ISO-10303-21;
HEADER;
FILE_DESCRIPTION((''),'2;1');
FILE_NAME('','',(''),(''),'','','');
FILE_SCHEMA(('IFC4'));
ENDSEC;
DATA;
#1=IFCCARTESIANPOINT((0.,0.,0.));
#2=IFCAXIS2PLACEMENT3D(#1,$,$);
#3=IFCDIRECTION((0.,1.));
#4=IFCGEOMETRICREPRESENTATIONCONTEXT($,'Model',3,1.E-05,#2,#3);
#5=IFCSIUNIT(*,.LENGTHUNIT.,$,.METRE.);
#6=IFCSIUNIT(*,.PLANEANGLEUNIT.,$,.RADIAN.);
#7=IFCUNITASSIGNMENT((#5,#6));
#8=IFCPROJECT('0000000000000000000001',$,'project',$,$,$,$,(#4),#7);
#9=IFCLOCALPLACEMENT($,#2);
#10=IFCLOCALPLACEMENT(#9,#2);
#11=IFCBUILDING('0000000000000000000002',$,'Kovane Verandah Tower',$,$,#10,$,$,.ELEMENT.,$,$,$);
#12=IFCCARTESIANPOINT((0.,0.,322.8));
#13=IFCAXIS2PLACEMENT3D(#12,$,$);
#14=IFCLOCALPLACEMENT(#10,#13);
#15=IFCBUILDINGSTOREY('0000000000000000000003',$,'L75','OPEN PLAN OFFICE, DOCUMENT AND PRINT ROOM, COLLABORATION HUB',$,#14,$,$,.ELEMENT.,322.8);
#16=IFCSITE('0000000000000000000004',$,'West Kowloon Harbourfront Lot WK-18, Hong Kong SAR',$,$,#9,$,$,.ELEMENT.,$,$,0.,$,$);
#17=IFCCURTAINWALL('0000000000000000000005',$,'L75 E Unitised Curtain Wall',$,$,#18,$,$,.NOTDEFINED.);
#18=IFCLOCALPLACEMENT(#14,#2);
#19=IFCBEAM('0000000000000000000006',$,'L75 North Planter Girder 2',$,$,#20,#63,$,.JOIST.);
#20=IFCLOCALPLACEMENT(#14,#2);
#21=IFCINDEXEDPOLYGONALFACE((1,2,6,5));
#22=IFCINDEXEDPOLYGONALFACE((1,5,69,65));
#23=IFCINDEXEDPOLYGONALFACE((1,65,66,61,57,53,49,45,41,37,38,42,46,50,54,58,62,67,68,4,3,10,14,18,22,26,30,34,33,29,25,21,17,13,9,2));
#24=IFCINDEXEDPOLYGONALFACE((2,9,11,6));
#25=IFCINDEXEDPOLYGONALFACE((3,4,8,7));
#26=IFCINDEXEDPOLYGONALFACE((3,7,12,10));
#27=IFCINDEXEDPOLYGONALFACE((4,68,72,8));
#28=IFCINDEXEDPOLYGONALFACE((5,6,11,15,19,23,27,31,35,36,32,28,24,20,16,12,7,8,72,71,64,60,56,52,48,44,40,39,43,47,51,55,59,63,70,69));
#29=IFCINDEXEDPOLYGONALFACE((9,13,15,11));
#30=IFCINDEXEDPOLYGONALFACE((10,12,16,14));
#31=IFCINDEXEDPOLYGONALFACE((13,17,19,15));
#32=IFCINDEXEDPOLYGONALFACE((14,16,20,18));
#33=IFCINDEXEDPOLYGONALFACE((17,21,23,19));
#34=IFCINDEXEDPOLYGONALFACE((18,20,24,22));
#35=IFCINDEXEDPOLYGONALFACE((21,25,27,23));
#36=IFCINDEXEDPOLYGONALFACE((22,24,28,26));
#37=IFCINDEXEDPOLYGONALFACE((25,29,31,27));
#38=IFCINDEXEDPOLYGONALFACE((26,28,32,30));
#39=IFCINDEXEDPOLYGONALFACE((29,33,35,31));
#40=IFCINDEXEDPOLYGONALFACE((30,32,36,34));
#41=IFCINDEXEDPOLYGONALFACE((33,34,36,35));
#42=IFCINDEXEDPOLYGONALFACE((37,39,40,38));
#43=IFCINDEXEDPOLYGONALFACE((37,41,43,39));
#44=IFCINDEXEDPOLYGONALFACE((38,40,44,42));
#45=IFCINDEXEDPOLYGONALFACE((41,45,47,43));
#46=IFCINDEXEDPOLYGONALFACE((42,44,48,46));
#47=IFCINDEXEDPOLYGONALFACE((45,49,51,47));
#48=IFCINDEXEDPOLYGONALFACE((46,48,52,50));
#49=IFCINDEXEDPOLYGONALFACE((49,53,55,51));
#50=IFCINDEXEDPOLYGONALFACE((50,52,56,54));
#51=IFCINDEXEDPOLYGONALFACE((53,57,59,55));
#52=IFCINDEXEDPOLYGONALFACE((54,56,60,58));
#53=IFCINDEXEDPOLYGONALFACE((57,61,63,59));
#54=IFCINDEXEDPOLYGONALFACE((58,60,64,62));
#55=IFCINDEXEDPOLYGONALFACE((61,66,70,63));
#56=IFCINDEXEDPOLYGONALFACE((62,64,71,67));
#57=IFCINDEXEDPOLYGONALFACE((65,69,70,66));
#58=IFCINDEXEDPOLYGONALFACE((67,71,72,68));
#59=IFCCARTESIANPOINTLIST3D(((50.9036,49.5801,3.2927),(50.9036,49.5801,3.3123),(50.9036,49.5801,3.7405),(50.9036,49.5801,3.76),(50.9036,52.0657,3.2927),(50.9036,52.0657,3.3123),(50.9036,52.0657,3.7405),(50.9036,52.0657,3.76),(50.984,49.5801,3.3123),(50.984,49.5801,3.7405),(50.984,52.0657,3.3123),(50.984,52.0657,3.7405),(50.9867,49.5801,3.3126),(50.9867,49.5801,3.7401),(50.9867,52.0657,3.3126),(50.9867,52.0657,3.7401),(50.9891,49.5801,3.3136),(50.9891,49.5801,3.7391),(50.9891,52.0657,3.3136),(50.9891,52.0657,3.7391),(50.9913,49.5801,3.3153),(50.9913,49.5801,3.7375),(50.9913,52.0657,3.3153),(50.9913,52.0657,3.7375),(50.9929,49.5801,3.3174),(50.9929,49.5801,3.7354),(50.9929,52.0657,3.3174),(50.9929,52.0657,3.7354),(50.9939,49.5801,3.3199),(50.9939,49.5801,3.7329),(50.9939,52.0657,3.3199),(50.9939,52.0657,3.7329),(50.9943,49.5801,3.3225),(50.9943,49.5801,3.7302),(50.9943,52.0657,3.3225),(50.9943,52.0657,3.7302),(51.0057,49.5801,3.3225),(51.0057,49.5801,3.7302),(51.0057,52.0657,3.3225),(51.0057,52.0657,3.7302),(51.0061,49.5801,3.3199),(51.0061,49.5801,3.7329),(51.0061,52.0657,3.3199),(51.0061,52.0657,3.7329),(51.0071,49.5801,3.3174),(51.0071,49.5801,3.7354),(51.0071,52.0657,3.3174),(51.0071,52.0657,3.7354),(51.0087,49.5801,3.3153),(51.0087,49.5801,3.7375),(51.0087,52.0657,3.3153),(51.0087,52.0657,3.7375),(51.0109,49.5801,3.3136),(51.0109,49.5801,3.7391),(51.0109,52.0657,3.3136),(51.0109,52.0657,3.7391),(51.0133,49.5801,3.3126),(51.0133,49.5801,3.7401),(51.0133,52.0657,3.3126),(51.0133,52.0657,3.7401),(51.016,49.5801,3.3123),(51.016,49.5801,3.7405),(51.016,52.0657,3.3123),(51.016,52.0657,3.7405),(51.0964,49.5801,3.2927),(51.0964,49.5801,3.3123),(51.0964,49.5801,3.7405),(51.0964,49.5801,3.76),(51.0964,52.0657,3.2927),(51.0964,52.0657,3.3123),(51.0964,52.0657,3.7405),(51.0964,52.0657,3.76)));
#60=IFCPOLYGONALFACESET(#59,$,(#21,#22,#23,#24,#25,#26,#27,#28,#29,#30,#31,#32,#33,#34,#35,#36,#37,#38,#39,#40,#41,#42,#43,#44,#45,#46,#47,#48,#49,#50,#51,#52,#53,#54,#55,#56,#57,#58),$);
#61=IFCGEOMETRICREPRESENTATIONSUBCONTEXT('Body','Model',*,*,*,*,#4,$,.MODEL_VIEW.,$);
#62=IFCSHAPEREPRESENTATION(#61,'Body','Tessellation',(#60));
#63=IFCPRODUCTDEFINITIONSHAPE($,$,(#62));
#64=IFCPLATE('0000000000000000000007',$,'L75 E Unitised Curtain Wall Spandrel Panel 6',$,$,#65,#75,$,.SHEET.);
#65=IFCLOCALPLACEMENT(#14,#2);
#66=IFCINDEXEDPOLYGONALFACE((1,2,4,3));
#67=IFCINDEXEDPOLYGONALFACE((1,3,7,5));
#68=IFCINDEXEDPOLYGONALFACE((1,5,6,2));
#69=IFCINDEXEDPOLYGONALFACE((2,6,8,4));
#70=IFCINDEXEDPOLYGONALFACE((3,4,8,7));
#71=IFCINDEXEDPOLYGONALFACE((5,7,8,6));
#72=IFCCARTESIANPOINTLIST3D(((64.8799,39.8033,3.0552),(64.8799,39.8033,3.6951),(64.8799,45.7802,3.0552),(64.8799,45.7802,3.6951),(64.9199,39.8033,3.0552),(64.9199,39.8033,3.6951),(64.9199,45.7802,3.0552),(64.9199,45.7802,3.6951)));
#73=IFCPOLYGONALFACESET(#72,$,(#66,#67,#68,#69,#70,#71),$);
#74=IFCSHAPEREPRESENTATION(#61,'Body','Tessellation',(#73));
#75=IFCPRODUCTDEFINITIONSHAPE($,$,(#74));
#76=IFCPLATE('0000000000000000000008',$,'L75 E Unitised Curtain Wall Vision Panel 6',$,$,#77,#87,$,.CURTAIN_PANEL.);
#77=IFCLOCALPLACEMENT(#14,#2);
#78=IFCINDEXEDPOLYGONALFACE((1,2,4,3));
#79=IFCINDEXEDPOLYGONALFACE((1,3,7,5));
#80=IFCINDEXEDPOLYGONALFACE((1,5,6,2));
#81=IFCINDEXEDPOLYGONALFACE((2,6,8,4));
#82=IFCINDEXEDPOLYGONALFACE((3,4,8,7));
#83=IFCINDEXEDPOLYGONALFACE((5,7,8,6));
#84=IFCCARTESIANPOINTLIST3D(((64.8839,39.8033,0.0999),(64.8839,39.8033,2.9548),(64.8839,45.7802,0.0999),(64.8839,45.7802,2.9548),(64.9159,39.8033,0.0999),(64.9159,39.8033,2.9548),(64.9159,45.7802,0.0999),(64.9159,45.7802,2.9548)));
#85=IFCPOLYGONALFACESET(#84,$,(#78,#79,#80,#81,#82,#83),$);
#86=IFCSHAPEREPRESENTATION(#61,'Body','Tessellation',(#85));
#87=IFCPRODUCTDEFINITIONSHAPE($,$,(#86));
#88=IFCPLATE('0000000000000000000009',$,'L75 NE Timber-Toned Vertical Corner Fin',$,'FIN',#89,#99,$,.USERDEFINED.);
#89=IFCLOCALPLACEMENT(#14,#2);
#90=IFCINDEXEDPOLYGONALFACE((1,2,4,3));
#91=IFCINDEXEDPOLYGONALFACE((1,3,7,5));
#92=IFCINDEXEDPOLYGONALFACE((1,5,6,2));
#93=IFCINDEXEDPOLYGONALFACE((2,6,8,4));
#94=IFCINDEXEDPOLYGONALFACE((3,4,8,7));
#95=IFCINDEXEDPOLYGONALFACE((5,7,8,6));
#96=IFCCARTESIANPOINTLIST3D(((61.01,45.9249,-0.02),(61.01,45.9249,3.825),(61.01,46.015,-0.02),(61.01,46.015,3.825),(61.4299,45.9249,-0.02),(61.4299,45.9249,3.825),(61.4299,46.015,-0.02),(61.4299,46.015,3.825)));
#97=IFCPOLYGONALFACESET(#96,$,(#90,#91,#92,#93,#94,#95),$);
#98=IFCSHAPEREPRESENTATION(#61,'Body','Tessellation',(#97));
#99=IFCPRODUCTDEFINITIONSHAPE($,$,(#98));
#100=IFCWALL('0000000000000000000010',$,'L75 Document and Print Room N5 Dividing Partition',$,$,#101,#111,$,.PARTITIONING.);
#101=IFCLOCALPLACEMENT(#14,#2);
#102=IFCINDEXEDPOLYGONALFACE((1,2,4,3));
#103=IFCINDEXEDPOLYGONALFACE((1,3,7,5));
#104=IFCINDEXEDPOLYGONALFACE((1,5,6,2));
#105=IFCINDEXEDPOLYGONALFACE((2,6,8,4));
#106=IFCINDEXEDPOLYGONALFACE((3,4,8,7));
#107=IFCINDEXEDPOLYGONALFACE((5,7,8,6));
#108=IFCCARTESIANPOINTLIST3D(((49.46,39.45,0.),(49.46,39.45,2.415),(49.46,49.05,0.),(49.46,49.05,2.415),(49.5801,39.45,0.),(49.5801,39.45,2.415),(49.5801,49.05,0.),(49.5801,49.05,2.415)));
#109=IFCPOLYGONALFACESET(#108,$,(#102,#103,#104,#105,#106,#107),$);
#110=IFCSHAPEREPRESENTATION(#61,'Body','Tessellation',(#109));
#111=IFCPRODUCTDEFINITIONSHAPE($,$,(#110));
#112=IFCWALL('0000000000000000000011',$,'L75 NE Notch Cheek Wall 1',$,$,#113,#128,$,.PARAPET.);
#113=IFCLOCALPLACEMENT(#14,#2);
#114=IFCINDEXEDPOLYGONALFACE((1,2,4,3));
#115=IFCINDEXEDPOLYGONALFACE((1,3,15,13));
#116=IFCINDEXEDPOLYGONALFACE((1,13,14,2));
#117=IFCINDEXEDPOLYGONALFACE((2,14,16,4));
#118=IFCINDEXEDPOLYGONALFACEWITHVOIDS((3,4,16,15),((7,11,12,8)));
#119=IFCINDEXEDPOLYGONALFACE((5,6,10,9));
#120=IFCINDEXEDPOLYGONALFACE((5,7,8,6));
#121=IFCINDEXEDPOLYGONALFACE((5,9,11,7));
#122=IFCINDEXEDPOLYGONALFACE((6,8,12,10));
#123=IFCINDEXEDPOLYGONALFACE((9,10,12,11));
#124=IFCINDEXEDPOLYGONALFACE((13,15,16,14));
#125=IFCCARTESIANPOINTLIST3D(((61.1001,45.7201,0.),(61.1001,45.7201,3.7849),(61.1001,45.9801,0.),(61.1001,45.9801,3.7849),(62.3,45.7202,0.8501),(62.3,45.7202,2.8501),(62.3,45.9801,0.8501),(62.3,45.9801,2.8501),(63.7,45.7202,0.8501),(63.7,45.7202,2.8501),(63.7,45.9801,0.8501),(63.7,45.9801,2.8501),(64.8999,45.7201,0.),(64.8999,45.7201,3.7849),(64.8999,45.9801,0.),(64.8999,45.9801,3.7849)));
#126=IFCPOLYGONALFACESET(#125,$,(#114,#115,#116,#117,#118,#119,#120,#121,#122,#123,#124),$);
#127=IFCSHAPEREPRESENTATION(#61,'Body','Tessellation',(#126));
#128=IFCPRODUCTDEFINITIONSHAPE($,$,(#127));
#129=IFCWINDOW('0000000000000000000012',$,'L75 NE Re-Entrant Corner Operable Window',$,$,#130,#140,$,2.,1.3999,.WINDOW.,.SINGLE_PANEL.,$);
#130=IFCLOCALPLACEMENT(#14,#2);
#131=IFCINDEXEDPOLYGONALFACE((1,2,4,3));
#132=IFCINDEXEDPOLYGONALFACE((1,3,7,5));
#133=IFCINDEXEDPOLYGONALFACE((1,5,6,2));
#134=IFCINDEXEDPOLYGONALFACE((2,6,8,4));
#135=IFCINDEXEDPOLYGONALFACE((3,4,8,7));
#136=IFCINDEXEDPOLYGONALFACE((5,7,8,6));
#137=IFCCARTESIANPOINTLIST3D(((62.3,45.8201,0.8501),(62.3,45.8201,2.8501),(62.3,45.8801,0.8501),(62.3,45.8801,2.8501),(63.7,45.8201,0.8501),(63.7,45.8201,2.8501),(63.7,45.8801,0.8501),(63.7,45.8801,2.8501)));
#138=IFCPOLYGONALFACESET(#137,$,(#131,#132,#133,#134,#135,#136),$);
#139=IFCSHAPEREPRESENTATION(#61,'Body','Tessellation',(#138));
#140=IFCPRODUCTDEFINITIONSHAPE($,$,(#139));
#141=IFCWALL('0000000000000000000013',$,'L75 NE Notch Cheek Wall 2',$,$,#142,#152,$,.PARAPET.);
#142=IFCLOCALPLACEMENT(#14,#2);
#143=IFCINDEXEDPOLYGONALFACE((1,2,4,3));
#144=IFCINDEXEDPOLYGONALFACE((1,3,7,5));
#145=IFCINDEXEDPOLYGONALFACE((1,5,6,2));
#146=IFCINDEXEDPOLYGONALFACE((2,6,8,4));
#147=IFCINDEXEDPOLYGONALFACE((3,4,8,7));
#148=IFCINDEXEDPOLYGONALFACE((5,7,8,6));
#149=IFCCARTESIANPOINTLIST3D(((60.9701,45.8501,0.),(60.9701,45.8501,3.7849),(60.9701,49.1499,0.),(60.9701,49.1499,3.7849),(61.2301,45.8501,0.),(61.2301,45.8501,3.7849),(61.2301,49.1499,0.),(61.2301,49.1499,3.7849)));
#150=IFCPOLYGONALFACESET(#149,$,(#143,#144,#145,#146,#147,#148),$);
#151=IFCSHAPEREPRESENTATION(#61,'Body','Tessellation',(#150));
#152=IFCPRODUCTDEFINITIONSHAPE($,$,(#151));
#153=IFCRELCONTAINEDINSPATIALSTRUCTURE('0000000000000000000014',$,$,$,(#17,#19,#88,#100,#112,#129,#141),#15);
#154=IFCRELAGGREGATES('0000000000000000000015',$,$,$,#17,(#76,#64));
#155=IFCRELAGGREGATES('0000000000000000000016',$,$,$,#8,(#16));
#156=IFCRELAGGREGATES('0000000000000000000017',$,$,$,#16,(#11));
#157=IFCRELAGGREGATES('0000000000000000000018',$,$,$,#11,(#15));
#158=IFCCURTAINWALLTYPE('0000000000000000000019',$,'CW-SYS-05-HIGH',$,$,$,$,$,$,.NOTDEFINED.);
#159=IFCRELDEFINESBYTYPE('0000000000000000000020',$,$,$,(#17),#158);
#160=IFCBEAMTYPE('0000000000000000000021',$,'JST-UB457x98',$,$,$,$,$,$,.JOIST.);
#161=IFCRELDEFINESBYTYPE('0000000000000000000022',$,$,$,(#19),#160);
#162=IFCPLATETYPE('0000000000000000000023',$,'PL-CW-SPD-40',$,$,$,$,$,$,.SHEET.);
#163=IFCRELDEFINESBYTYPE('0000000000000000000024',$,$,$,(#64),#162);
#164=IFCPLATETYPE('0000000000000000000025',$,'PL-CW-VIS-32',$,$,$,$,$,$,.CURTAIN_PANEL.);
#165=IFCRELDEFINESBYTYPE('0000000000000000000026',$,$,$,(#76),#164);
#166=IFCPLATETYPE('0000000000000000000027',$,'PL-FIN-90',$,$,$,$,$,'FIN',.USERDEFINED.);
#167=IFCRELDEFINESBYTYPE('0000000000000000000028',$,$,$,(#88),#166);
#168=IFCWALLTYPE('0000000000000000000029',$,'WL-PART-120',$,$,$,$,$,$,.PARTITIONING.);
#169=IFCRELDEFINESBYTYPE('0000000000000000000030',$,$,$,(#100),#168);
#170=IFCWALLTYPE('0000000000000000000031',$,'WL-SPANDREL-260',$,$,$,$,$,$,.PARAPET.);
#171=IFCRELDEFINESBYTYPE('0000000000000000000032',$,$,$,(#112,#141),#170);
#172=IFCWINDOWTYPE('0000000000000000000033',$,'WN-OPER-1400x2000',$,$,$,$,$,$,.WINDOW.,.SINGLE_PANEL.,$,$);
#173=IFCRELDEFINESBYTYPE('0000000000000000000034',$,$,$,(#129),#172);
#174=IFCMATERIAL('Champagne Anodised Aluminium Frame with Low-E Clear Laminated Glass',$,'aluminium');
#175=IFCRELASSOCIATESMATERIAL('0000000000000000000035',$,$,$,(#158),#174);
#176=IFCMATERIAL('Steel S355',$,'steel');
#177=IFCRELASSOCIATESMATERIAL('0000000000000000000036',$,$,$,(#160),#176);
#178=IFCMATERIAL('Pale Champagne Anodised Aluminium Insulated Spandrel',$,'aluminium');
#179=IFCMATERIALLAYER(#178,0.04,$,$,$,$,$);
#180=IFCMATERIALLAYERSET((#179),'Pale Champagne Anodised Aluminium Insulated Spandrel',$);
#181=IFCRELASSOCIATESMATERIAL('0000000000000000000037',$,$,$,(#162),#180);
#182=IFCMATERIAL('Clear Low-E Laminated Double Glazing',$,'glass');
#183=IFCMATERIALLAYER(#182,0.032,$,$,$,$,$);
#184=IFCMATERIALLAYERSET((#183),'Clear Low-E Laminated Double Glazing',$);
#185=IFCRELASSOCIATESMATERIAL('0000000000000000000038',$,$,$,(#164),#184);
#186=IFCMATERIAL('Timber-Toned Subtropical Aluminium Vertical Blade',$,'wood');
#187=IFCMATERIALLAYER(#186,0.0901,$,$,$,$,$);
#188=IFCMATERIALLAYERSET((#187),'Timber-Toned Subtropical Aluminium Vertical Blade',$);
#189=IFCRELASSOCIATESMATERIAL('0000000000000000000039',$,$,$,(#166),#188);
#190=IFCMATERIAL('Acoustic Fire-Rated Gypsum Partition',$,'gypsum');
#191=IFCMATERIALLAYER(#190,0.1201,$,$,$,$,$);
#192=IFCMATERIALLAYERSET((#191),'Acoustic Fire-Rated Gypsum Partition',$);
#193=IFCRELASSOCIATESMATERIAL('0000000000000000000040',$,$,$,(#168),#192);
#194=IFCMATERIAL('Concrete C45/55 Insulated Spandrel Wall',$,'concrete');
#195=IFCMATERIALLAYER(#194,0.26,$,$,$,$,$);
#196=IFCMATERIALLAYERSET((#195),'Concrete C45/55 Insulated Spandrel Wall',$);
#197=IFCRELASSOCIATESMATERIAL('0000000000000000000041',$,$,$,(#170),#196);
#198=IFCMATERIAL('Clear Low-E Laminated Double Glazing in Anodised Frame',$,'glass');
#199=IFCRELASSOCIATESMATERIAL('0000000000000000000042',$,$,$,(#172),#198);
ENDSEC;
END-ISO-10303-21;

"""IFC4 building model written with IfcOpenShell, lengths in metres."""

from ifc_helpers import new_model, si_unit, direction, frame, frame_2d, origin, origin_2d, place, context, subcontext, project, spatial, rectangle, i_section, extrude, material, layer, layer_set, material_profile, profile_set, type_object, element, fill, aggregate, save


model = new_model("IFC4")

# Units and contexts
model_context = context("Model", 3, precision=1e-05, world=origin(), true_north=direction((0.0, 1.0)))
body_context = subcontext(model_context, "Body", "Model", "MODEL_VIEW")
ifc_project = project(units=[si_unit("LENGTHUNIT", "METRE"), si_unit("PLANEANGLEUNIT", "RADIAN")], contexts=[model_context])

# Site, building, storey
site_placement = place(None, origin())
site = spatial("IfcSite", under=ifc_project, at=site_placement, Name="West Kowloon Harbourfront Lot WK-18, Hong Kong SAR", CompositionType="ELEMENT", RefElevation=0.0)
building_placement = place(site_placement, origin())
building = spatial("IfcBuilding", under=site, at=building_placement, Name="Kovane Verandah Tower", CompositionType="ELEMENT")
storey_placement = place(building_placement, frame((0.0, 0.0, 322.8)))
storey = spatial("IfcBuildingStorey", under=building, at=storey_placement, Name="L75", Description="OPEN PLAN OFFICE, DOCUMENT AND PRINT ROOM, COLLABORATION HUB", CompositionType="ELEMENT", Elevation=322.8)

# Shared definitions
ifc_material_1 = material(Name="Steel S355", Category="steel")

# Curtain wall
ifc_material_2 = material(Name="Champagne Anodised Aluminium Frame with Low-E Clear Laminated Glass", Category="aluminium")
curtain_wall_type = type_object("IfcCurtainWallType", Name="CW-SYS-05-HIGH", PredefinedType="NOTDEFINED", material=ifc_material_2)
curtain_wall_placement = place(storey_placement, origin())
curtain_wall = element("IfcCurtainWall", 1, at=curtain_wall_placement, inside=storey, type_object=curtain_wall_type, Name="L75 E Unitised Curtain Wall", PredefinedType="NOTDEFINED")

# Beam
ifc_material_profile_1 = material_profile(ifc_material_1, i_section(OverallWidth=0.1929, OverallDepth=0.4673, WebThickness=0.0115, FlangeThickness=0.0195, FilletRadius=0.0103, at=origin_2d()), Name="UB457x191x98")
ifc_profile_set_1 = profile_set([ifc_material_profile_1], Name="Steel S355")
beam_type_1 = type_object("IfcBeamType", Name="JST-UB457x98", PredefinedType="JOIST", material=ifc_profile_set_1)
beam_1_placement = place(storey_placement, frame((51.0, 49.5801, 3.5264), z_axis=(0.0, 1.0, 0.0), x_axis=(-1.0, 0.0, 0.0)))
element("IfcBeam", 2, at=beam_1_placement, inside=storey, type_object=beam_type_1, Name="L75 North Planter Girder 2", PredefinedType="JOIST", context=body_context, shape_type="SweptSolid", body=[
    extrude(i_section(OverallWidth=0.1929, OverallDepth=0.4673, WebThickness=0.0115, FlangeThickness=0.0195, FilletRadius=0.0103, at=origin_2d()), origin(), (0.0, 0.0, 1.0), 2.4856),
])

# Plates
ifc_material_3 = material(Name="Pale Champagne Anodised Aluminium Insulated Spandrel", Category="aluminium")
ifc_layer_1 = layer(ifc_material_3, 0.04)
ifc_layer_set_1 = layer_set([ifc_layer_1], Name="Pale Champagne Anodised Aluminium Insulated Spandrel")
plate_type_1 = type_object("IfcPlateType", Name="PL-CW-SPD-40", PredefinedType="SHEET", material=ifc_layer_set_1)
plate_1_placement = place(storey_placement, frame((64.8999, 42.7917, 3.0552), z_axis=(0.0, 0.0, 1.0), x_axis=(0.0, 1.0, 0.0)))
plate_1 = element("IfcPlate", 3, at=plate_1_placement, type_object=plate_type_1, Name="L75 E Unitised Curtain Wall Spandrel Panel 6", PredefinedType="SHEET", context=body_context, shape_type="SweptSolid", body=[
    extrude(rectangle(XDim=5.9768, YDim=0.04, at=origin_2d()), origin(), (0.0, 0.0, 1.0), 0.6399),
])
ifc_material_4 = material(Name="Clear Low-E Laminated Double Glazing", Category="glass")
ifc_layer_2 = layer(ifc_material_4, 0.032)
ifc_layer_set_2 = layer_set([ifc_layer_2], Name="Clear Low-E Laminated Double Glazing")
plate_type_2 = type_object("IfcPlateType", Name="PL-CW-VIS-32", PredefinedType="CURTAIN_PANEL", material=ifc_layer_set_2)
plate_2_placement = place(storey_placement, frame((64.8999, 42.7917, 0.0999), z_axis=(0.0, 0.0, 1.0), x_axis=(0.0, 1.0, 0.0)))
plate_2 = element("IfcPlate", 4, at=plate_2_placement, type_object=plate_type_2, Name="L75 E Unitised Curtain Wall Vision Panel 6", PredefinedType="CURTAIN_PANEL", context=body_context, shape_type="SweptSolid", body=[
    extrude(rectangle(XDim=5.9768, YDim=0.032, at=origin_2d()), origin(), (0.0, 0.0, 1.0), 2.855),
])
aggregate(curtain_wall, [plate_2, plate_1])
ifc_material_5 = material(Name="Timber-Toned Subtropical Aluminium Vertical Blade", Category="wood")
ifc_layer_3 = layer(ifc_material_5, 0.0901)
ifc_layer_set_3 = layer_set([ifc_layer_3], Name="Timber-Toned Subtropical Aluminium Vertical Blade")
plate_type_3 = type_object("IfcPlateType", Name="PL-FIN-90", ElementType="FIN", PredefinedType="USERDEFINED", material=ifc_layer_set_3)
plate_3_placement = place(storey_placement, frame((61.22, 45.97, -0.02), z_axis=(0.0, 0.0, 1.0), x_axis=(1.0, 0.0, 0.0)))
element("IfcPlate", 5, at=plate_3_placement, inside=storey, type_object=plate_type_3, Name="L75 NE Timber-Toned Vertical Corner Fin", ObjectType="FIN", PredefinedType="USERDEFINED", context=body_context, shape_type="SweptSolid", body=[
    extrude(rectangle(XDim=0.4199, YDim=0.0901, at=origin_2d()), origin(), (0.0, 0.0, 1.0), 3.845),
])

# Wall
ifc_material_6 = material(Name="Acoustic Fire-Rated Gypsum Partition", Category="gypsum")
ifc_layer_4 = layer(ifc_material_6, 0.1201)
ifc_layer_set_4 = layer_set([ifc_layer_4], Name="Acoustic Fire-Rated Gypsum Partition")
wall_type_1 = type_object("IfcWallType", Name="WL-PART-120", PredefinedType="PARTITIONING", material=ifc_layer_set_4)
wall_1_placement = place(storey_placement, frame((49.52, 39.45, 0.0), z_axis=(0.0, 0.0, 1.0), x_axis=(0.0, 1.0, 0.0)))
element("IfcWall", 6, at=wall_1_placement, inside=storey, type_object=wall_type_1, Name="L75 Document and Print Room N5 Dividing Partition", PredefinedType="PARTITIONING", context=body_context, shape_type="SweptSolid", body=[
    extrude(rectangle(XDim=9.6001, YDim=0.1201, at=frame_2d((4.8, 0.0))), origin(), (0.0, 0.0, 1.0), 2.415),
])

# Shared definitions
ifc_material_7 = material(Name="Concrete C45/55 Insulated Spandrel Wall", Category="concrete")
ifc_layer_5 = layer(ifc_material_7, 0.26)
ifc_layer_set_5 = layer_set([ifc_layer_5], Name="Concrete C45/55 Insulated Spandrel Wall")
wall_type_2 = type_object("IfcWallType", Name="WL-SPANDREL-260", PredefinedType="PARAPET", material=ifc_layer_set_5)
ifc_material_8 = material(Name="Clear Low-E Laminated Double Glazing in Anodised Frame", Category="glass")

# Wall, opening, window
wall_2_placement = place(storey_placement, frame((64.8999, 45.8501, 0.0), z_axis=(0.0, 0.0, 1.0), x_axis=(-1.0, 0.0, 0.0)))
wall_2 = element("IfcWall", 7, at=wall_2_placement, inside=storey, type_object=wall_type_2, Name="L75 NE Notch Cheek Wall 1", PredefinedType="PARAPET", context=body_context, shape_type="SweptSolid", body=[
    extrude(rectangle(XDim=3.7998, YDim=0.26, at=frame_2d((1.8999, 0.0))), origin(), (0.0, 0.0, 1.0), 3.7849),
])
opening_1_placement = place(wall_2_placement, frame((1.2, 0.0, 0.8501)))
opening_1 = element("IfcOpeningElement", 8, at=opening_1_placement, cuts=wall_2, PredefinedType="OPENING", context=body_context, shape_type="SweptSolid", body=[
    extrude(rectangle(XDim=1.3999, YDim=2.0, at=frame_2d((0.7, 1.0))), frame((0.0, 0.1299, 0.0), z_axis=(0.0, -1.0, 0.0), x_axis=(1.0, 0.0, 0.0)), (0.0, 0.0, 1.0), 0.26),
])
window_type_1 = type_object("IfcWindowType", Name="WN-OPER-1400x2000", PartitioningType="SINGLE_PANEL", PredefinedType="WINDOW", material=ifc_material_8)
window_1_placement = place(opening_1_placement, origin())
window_1 = element("IfcWindow", 9, at=window_1_placement, inside=storey, type_object=window_type_1, Name="L75 NE Re-Entrant Corner Operable Window", OverallHeight=2.0, OverallWidth=1.3999, PartitioningType="SINGLE_PANEL", PredefinedType="WINDOW", context=body_context, shape_type="SweptSolid", body=[
    extrude(rectangle(XDim=1.3999, YDim=2.0, at=frame_2d((0.7, 1.0))), frame((0.0, 0.03, 0.0), z_axis=(0.0, -1.0, 0.0), x_axis=(1.0, 0.0, 0.0)), (0.0, 0.0, 1.0), 0.0601),
])
fill(opening_1, window_1)

# Wall
wall_3_placement = place(storey_placement, frame((61.1001, 45.8501, 0.0), z_axis=(0.0, 0.0, 1.0), x_axis=(0.0, 1.0, 0.0)))
element("IfcWall", 10, at=wall_3_placement, inside=storey, type_object=wall_type_2, Name="L75 NE Notch Cheek Wall 2", PredefinedType="PARAPET", context=body_context, shape_type="SweptSolid", body=[
    extrude(rectangle(XDim=3.2998, YDim=0.26, at=frame_2d((1.6499, 0.0))), origin(), (0.0, 0.0, 1.0), 3.7849),
])

save(model, "model.ifc")
